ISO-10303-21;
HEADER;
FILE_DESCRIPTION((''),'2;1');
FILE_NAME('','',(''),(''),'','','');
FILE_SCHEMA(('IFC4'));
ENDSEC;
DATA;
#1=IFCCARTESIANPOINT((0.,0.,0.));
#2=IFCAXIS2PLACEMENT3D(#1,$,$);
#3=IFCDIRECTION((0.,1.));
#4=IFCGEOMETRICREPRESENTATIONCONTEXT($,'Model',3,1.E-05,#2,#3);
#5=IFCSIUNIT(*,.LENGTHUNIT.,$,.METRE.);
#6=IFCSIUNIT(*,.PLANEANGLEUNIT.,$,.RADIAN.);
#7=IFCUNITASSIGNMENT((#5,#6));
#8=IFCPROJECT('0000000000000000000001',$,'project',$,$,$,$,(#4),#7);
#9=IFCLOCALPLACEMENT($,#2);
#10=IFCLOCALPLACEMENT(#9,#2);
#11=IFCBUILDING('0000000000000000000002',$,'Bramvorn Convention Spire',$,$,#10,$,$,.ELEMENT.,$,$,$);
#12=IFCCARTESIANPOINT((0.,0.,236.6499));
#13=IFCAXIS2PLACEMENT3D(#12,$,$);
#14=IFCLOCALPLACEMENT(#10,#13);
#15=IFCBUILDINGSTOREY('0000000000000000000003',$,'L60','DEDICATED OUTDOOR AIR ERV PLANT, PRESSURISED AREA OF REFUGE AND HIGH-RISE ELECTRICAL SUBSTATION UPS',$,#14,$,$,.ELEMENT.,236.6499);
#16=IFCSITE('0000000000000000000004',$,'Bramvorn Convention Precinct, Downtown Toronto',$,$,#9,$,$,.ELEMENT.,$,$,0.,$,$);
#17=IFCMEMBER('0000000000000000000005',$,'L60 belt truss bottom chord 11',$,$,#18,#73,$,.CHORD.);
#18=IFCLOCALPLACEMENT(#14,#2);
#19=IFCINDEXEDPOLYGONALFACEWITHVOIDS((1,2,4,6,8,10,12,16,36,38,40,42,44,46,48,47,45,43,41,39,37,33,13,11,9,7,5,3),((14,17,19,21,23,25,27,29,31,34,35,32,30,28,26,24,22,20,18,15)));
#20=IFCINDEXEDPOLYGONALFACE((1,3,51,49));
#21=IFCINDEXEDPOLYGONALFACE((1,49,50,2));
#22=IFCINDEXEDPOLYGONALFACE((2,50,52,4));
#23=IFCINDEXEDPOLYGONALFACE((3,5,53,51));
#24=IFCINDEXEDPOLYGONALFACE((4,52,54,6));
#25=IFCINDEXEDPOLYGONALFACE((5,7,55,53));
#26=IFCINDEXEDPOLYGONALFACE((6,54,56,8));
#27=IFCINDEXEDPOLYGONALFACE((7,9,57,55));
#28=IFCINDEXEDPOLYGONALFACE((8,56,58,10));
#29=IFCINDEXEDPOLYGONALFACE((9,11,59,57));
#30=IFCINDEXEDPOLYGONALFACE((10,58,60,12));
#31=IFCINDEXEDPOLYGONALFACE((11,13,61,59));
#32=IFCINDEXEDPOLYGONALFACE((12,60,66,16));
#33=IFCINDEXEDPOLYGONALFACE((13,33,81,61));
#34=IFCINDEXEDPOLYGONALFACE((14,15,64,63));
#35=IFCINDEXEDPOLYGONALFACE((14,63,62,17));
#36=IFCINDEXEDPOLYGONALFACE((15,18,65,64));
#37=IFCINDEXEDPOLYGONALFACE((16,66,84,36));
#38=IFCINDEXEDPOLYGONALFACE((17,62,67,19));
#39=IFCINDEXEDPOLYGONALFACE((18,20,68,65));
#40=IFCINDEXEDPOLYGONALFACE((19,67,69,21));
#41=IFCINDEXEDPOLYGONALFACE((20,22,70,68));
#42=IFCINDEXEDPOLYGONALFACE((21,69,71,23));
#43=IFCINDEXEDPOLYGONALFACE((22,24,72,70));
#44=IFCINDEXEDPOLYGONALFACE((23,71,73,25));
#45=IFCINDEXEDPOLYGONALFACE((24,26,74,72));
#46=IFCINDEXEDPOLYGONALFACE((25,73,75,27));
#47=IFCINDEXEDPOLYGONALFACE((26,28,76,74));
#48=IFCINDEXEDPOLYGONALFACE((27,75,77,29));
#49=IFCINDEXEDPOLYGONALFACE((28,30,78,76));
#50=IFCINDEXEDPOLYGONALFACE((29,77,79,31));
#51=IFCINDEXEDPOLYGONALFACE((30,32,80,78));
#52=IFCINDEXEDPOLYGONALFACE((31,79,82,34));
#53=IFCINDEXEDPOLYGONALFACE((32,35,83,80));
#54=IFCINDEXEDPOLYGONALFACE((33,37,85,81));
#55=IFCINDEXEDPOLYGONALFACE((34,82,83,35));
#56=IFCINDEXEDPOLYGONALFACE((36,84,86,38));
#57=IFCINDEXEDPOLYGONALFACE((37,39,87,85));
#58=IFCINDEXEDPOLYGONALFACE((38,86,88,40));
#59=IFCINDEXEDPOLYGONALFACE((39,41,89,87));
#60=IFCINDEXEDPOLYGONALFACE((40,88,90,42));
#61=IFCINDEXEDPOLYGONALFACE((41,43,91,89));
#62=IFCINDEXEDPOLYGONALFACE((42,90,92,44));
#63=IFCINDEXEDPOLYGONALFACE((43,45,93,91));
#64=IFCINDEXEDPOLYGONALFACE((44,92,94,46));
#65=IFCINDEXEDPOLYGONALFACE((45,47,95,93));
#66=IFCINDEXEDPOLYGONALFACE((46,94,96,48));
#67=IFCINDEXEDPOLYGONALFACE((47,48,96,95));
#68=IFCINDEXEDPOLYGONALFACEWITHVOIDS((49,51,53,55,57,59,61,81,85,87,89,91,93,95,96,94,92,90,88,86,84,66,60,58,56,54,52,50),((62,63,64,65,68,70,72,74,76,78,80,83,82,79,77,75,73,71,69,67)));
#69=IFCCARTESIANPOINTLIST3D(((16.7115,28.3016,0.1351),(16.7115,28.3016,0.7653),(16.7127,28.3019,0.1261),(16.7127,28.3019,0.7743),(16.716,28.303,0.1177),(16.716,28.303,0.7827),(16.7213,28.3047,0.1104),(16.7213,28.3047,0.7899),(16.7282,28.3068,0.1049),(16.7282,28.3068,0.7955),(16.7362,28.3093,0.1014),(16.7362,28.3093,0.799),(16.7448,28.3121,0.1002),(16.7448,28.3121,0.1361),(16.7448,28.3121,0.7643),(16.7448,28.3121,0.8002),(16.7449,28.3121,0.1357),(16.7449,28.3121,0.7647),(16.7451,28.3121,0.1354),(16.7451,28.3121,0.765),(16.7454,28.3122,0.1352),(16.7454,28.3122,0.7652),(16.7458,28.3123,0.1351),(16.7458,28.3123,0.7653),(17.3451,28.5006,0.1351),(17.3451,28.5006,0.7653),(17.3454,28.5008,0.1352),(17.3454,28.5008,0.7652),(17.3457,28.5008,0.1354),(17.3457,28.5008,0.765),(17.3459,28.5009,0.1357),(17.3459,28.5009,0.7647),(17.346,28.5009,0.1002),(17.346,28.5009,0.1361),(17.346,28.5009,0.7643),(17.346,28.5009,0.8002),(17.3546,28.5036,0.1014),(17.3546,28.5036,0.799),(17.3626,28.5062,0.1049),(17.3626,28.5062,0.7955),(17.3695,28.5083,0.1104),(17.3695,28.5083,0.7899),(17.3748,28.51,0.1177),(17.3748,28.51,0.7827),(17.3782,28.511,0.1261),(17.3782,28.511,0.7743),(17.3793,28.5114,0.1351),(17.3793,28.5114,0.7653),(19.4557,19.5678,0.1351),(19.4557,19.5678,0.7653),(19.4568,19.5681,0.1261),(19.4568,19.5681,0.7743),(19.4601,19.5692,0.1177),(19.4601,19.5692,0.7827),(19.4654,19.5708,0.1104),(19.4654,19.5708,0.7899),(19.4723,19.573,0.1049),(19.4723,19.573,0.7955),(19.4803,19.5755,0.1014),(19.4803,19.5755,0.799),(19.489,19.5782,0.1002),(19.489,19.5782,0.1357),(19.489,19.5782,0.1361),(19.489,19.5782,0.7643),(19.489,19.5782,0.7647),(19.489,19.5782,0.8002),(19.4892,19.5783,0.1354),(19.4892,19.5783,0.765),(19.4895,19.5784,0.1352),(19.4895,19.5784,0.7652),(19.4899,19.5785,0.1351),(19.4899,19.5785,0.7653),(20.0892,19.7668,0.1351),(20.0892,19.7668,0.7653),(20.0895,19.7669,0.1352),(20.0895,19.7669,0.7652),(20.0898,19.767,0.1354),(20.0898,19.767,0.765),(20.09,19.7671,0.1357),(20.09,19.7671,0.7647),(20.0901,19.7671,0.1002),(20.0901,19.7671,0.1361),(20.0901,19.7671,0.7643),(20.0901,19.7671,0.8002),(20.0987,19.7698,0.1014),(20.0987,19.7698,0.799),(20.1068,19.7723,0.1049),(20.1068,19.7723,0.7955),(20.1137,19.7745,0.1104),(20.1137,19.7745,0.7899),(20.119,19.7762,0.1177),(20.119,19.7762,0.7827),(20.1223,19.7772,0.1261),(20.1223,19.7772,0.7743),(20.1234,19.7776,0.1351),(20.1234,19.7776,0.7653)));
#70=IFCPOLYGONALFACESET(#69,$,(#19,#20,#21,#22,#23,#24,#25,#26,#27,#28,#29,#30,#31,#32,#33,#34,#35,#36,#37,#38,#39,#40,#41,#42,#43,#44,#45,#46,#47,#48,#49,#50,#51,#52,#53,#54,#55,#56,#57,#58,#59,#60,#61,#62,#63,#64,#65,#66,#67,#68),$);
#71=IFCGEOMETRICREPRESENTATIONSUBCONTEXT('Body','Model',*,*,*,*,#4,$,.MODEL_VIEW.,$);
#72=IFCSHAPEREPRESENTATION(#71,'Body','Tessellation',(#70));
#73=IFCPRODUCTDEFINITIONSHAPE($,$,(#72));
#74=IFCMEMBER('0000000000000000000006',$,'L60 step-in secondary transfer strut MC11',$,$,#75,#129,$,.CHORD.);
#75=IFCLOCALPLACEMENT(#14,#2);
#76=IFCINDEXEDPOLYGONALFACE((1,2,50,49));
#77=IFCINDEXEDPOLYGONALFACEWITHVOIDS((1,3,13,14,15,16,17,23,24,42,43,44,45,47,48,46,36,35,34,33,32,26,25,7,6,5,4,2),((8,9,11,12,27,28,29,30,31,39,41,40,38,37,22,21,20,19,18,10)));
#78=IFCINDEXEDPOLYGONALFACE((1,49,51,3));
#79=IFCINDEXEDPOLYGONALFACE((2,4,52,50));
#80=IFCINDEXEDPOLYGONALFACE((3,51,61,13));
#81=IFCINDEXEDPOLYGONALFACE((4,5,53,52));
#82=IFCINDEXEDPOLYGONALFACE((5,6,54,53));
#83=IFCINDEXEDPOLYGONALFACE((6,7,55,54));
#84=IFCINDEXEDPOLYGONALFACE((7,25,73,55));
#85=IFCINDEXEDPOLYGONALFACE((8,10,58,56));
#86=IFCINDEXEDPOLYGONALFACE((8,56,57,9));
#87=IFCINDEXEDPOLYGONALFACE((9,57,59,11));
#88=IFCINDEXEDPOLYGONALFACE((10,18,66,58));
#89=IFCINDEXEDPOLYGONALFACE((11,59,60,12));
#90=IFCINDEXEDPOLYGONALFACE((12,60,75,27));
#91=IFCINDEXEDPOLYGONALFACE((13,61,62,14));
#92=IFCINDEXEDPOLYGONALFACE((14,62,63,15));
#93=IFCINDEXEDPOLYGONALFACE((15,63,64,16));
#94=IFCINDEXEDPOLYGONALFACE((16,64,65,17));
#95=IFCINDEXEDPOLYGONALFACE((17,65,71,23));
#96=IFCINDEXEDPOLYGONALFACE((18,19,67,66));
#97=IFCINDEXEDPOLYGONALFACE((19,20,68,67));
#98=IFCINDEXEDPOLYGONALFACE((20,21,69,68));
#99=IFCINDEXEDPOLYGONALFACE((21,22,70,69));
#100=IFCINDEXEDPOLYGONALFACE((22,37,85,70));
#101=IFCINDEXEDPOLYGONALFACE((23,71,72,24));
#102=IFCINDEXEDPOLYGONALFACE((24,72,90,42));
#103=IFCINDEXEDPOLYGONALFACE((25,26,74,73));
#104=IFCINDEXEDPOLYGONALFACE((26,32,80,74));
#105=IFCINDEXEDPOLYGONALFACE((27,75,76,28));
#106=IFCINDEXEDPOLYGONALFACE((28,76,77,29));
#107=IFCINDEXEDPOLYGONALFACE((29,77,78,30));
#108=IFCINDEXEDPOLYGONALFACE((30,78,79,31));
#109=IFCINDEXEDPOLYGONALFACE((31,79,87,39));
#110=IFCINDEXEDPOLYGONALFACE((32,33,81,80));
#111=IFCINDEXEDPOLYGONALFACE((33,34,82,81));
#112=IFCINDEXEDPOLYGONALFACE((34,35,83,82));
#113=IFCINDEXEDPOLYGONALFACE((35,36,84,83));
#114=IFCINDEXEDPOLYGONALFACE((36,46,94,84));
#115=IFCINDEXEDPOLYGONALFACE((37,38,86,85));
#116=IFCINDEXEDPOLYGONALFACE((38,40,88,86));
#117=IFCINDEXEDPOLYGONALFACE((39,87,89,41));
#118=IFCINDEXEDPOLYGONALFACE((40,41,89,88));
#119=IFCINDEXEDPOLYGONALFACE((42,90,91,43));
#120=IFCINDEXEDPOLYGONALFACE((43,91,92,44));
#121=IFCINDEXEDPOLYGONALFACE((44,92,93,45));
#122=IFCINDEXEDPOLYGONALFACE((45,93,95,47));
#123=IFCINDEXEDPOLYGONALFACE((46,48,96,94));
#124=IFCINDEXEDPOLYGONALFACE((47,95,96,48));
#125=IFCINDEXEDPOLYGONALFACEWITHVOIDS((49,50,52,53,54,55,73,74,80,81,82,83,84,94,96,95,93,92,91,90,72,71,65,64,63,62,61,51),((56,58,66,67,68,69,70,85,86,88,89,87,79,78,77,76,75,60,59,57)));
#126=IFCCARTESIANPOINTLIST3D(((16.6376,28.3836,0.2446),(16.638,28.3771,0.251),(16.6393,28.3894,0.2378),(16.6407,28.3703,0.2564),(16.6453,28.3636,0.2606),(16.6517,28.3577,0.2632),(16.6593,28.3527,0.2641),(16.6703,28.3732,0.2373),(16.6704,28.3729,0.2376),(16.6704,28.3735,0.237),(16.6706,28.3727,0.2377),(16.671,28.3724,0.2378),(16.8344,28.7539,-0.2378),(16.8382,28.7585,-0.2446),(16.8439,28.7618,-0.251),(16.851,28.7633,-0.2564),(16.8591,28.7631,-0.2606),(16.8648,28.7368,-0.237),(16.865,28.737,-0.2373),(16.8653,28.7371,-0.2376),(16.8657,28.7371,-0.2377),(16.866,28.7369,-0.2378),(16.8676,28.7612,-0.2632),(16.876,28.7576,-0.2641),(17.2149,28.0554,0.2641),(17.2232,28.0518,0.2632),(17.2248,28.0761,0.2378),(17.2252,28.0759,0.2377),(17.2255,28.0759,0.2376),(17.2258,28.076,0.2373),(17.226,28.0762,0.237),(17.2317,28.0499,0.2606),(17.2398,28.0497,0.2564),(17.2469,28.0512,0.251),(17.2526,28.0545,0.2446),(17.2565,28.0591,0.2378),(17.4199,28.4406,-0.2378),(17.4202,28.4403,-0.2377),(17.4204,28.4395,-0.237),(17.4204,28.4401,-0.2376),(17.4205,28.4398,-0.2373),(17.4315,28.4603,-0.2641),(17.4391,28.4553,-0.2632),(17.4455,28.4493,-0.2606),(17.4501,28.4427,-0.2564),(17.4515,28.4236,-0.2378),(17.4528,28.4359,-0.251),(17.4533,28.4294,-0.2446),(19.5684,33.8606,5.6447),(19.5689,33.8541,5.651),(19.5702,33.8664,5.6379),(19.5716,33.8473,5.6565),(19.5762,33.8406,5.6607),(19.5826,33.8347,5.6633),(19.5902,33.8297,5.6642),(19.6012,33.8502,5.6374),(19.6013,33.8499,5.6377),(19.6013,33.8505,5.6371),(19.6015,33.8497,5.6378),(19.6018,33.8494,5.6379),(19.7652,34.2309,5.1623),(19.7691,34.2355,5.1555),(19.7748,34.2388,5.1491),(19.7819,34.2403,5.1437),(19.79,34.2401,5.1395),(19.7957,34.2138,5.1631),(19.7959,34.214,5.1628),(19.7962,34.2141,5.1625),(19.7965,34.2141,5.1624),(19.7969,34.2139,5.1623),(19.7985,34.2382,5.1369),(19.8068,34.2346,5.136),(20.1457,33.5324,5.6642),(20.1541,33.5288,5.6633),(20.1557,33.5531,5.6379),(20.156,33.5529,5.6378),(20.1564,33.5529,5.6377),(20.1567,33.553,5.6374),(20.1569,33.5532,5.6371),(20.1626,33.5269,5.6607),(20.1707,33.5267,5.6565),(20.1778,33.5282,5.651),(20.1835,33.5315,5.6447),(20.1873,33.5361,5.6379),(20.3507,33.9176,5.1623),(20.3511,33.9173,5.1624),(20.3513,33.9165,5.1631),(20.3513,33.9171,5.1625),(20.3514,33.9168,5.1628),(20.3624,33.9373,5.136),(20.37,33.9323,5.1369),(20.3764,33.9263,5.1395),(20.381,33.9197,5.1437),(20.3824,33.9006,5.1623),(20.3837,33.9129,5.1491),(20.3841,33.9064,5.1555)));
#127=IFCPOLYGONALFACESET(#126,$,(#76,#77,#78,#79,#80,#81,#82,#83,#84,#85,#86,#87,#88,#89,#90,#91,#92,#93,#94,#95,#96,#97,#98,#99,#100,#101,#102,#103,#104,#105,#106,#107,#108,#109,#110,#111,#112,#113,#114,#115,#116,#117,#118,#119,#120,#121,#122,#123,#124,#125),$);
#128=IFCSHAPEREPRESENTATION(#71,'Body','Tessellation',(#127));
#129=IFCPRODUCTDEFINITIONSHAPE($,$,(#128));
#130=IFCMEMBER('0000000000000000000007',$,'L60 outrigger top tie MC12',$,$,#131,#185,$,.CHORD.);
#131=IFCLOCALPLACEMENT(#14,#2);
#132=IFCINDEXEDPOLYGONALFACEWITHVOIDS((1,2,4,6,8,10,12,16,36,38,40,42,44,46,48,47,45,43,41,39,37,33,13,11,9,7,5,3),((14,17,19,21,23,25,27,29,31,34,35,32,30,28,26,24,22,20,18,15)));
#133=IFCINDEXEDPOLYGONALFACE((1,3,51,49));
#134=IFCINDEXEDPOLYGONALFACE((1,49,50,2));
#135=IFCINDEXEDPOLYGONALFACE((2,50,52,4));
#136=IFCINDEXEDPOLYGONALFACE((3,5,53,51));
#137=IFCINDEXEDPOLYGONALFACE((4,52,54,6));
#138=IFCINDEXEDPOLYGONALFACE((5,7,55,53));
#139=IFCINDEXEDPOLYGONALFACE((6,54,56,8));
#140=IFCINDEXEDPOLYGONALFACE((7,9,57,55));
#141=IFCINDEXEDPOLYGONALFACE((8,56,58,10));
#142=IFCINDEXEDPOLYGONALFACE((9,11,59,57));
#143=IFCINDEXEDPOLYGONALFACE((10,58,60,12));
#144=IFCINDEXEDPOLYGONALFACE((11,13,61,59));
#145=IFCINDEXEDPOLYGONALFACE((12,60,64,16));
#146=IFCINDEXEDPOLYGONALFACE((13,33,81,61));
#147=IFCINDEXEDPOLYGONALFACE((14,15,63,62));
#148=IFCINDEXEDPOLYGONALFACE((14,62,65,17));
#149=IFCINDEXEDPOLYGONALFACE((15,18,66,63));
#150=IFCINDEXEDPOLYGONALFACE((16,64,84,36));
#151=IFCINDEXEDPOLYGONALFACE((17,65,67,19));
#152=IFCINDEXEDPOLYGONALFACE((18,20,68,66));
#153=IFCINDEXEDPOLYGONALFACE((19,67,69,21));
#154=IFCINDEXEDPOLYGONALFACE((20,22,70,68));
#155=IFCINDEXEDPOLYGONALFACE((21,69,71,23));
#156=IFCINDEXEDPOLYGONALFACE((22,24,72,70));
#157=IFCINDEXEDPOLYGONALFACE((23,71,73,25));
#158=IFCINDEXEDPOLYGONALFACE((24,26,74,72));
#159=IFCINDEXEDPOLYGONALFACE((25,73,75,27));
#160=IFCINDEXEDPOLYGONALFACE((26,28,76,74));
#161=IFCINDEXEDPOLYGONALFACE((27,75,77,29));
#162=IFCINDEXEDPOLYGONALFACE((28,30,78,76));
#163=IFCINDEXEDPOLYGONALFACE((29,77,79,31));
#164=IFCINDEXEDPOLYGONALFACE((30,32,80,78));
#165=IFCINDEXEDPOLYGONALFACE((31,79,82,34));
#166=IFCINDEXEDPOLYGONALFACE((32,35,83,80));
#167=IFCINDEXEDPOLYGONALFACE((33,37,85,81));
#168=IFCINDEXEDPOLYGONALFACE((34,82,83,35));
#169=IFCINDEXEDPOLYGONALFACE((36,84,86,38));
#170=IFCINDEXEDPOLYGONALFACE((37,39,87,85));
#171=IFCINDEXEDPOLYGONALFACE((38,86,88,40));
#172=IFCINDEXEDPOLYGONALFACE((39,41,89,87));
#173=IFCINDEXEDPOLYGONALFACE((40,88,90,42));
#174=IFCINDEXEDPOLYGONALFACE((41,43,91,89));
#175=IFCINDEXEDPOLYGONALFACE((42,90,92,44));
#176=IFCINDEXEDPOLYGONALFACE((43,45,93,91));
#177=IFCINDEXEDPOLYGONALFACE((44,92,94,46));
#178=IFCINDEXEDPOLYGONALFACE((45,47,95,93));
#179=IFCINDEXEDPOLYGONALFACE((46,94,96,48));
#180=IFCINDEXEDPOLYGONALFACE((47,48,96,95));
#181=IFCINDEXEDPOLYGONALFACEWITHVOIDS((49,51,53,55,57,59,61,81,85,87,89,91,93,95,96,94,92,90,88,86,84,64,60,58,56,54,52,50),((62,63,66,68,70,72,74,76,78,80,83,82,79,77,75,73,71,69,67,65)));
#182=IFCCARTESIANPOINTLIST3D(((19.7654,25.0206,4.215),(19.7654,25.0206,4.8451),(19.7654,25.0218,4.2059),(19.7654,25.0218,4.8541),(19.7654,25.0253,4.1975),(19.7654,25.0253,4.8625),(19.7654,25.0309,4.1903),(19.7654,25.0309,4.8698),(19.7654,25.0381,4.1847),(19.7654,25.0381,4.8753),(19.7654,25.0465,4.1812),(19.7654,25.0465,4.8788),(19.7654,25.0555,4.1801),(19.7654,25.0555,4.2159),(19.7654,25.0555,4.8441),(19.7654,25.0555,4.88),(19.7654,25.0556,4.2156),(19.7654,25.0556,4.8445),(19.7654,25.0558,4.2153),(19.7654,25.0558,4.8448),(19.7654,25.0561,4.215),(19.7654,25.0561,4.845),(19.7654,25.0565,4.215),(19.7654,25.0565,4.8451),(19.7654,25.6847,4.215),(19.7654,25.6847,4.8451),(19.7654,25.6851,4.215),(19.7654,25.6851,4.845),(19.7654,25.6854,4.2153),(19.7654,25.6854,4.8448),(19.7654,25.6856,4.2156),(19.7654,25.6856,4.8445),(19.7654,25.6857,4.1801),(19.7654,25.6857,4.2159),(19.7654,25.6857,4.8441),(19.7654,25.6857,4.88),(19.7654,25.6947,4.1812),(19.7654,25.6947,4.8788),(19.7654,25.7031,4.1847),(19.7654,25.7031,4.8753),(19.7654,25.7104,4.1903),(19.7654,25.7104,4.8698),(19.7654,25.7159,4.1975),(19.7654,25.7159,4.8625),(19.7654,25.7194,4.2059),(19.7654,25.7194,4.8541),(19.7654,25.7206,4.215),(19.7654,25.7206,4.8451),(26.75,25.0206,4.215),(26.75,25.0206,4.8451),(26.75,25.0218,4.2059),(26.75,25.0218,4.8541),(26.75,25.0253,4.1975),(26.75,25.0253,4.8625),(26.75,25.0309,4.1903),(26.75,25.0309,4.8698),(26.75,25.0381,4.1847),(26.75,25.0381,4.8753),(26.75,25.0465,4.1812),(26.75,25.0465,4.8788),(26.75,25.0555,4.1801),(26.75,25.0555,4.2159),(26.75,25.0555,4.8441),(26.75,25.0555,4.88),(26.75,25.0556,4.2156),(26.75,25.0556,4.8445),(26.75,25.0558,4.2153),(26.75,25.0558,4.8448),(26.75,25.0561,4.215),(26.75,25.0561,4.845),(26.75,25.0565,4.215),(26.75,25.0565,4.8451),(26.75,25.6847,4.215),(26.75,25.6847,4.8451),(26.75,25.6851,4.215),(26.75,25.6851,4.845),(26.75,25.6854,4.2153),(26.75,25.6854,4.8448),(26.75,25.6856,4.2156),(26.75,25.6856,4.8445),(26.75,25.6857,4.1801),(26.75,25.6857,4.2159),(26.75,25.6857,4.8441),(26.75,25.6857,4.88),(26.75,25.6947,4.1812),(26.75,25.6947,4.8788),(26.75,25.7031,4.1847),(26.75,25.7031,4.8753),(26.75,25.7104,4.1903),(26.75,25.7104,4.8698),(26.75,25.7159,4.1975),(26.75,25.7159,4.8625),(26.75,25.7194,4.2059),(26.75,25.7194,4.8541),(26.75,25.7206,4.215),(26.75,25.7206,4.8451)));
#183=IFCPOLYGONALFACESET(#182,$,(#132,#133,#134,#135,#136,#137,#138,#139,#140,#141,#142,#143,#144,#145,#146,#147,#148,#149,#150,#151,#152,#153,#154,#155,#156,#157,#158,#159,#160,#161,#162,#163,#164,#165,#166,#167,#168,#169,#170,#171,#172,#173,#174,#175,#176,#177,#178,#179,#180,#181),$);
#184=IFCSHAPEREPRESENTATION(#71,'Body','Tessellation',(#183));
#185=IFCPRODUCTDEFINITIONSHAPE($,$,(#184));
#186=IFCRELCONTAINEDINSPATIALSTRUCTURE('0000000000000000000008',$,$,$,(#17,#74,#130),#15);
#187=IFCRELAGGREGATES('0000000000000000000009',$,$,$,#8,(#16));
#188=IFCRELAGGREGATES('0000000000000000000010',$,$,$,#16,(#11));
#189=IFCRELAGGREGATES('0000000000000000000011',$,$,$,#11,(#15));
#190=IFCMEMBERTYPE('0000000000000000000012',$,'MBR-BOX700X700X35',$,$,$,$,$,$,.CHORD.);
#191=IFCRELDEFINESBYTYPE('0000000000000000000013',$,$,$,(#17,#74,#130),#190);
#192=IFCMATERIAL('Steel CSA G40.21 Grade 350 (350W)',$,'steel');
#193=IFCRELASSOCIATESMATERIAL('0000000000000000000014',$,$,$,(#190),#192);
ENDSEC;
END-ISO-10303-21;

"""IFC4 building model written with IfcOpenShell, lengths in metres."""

from ifc_helpers import new_model, si_unit, direction, frame, origin, origin_2d, place, context, subcontext, project, spatial, hollow_rectangle, extrude, material, material_profile, profile_set, type_object, element, save


model = new_model("IFC4")

# Units and contexts
model_context = context("Model", 3, precision=1e-05, world=origin(), true_north=direction((0.0, 1.0)))
body_context = subcontext(model_context, "Body", "Model", "MODEL_VIEW")
ifc_project = project(units=[si_unit("LENGTHUNIT", "METRE"), si_unit("PLANEANGLEUNIT", "RADIAN")], contexts=[model_context])

# Site, building, storey
site_placement = place(None, origin())
site = spatial("IfcSite", under=ifc_project, at=site_placement, Name="Bramvorn Convention Precinct, Downtown Toronto", CompositionType="ELEMENT", RefElevation=0.0)
building_placement = place(site_placement, origin())
building = spatial("IfcBuilding", under=site, at=building_placement, Name="Bramvorn Convention Spire", CompositionType="ELEMENT")
storey_placement = place(building_placement, frame((0.0, 0.0, 236.6499)))
storey = spatial("IfcBuildingStorey", under=building, at=storey_placement, Name="L60", Description="DEDICATED OUTDOOR AIR ERV PLANT, PRESSURISED AREA OF REFUGE AND HIGH-RISE ELECTRICAL SUBSTATION UPS", CompositionType="ELEMENT", Elevation=236.6499)

# Shared definitions
ifc_material_1 = material(Name="Steel CSA G40.21 Grade 350 (350W)", Category="steel")

# Members
ifc_material_profile_1 = material_profile(ifc_material_1, hollow_rectangle(XDim=0.7, YDim=0.7, WallThickness=0.0349, InnerFilletRadius=0.001, OuterFilletRadius=0.0349, at=origin_2d()))
ifc_profile_set_1 = profile_set([ifc_material_profile_1], Name="Steel CSA G40.21 Grade 350 (350W) - BOX700X700X35")
member_type_1 = type_object("IfcMemberType", Name="MBR-BOX700X700X35", PredefinedType="CHORD", material=ifc_profile_set_1)
member_1_placement = place(storey_placement, frame((17.0454, 28.4065, 0.4502), z_axis=(0.299748, -0.954019, 0.0), x_axis=(0.954019, 0.299748, 0.0)))
element("IfcMember", 1, at=member_1_placement, inside=storey, type_object=member_type_1, Name="L60 belt truss bottom chord 11", PredefinedType="CHORD", context=body_context, shape_type="SweptSolid", body=[
    extrude(hollow_rectangle(XDim=0.7, YDim=0.7, WallThickness=0.0349, InnerFilletRadius=0.001, OuterFilletRadius=0.0349, at=origin_2d()), origin(), (0.0, 0.0, 1.0), 9.1548),
])
member_2_placement = place(storey_placement, frame((17.0454, 28.4065, 0.0), z_axis=(0.35608, 0.665415, 0.656072), x_axis=(-0.881696, 0.471818, 0.0)))
element("IfcMember", 2, at=member_2_placement, inside=storey, type_object=member_type_1, Name="L60 step-in secondary transfer strut MC11", PredefinedType="CHORD", context=body_context, shape_type="SweptSolid", body=[
    extrude(hollow_rectangle(XDim=0.7, YDim=0.7, WallThickness=0.0349, InnerFilletRadius=0.001, OuterFilletRadius=0.0349, at=origin_2d()), origin(), (0.0, 0.0, 1.0), 8.231),
])
member_3_placement = place(storey_placement, frame((26.75, 25.3706, 4.53), z_axis=(-1.0, 0.0, 0.0), x_axis=(0.0, -1.0, 0.0)))
element("IfcMember", 3, at=member_3_placement, inside=storey, type_object=member_type_1, Name="L60 outrigger top tie MC12", PredefinedType="CHORD", context=body_context, shape_type="SweptSolid", body=[
    extrude(hollow_rectangle(XDim=0.7, YDim=0.7, WallThickness=0.0349, InnerFilletRadius=0.001, OuterFilletRadius=0.0349, at=origin_2d()), origin(), (0.0, 0.0, 1.0), 6.9846),
])

save(model, "model.ifc")
